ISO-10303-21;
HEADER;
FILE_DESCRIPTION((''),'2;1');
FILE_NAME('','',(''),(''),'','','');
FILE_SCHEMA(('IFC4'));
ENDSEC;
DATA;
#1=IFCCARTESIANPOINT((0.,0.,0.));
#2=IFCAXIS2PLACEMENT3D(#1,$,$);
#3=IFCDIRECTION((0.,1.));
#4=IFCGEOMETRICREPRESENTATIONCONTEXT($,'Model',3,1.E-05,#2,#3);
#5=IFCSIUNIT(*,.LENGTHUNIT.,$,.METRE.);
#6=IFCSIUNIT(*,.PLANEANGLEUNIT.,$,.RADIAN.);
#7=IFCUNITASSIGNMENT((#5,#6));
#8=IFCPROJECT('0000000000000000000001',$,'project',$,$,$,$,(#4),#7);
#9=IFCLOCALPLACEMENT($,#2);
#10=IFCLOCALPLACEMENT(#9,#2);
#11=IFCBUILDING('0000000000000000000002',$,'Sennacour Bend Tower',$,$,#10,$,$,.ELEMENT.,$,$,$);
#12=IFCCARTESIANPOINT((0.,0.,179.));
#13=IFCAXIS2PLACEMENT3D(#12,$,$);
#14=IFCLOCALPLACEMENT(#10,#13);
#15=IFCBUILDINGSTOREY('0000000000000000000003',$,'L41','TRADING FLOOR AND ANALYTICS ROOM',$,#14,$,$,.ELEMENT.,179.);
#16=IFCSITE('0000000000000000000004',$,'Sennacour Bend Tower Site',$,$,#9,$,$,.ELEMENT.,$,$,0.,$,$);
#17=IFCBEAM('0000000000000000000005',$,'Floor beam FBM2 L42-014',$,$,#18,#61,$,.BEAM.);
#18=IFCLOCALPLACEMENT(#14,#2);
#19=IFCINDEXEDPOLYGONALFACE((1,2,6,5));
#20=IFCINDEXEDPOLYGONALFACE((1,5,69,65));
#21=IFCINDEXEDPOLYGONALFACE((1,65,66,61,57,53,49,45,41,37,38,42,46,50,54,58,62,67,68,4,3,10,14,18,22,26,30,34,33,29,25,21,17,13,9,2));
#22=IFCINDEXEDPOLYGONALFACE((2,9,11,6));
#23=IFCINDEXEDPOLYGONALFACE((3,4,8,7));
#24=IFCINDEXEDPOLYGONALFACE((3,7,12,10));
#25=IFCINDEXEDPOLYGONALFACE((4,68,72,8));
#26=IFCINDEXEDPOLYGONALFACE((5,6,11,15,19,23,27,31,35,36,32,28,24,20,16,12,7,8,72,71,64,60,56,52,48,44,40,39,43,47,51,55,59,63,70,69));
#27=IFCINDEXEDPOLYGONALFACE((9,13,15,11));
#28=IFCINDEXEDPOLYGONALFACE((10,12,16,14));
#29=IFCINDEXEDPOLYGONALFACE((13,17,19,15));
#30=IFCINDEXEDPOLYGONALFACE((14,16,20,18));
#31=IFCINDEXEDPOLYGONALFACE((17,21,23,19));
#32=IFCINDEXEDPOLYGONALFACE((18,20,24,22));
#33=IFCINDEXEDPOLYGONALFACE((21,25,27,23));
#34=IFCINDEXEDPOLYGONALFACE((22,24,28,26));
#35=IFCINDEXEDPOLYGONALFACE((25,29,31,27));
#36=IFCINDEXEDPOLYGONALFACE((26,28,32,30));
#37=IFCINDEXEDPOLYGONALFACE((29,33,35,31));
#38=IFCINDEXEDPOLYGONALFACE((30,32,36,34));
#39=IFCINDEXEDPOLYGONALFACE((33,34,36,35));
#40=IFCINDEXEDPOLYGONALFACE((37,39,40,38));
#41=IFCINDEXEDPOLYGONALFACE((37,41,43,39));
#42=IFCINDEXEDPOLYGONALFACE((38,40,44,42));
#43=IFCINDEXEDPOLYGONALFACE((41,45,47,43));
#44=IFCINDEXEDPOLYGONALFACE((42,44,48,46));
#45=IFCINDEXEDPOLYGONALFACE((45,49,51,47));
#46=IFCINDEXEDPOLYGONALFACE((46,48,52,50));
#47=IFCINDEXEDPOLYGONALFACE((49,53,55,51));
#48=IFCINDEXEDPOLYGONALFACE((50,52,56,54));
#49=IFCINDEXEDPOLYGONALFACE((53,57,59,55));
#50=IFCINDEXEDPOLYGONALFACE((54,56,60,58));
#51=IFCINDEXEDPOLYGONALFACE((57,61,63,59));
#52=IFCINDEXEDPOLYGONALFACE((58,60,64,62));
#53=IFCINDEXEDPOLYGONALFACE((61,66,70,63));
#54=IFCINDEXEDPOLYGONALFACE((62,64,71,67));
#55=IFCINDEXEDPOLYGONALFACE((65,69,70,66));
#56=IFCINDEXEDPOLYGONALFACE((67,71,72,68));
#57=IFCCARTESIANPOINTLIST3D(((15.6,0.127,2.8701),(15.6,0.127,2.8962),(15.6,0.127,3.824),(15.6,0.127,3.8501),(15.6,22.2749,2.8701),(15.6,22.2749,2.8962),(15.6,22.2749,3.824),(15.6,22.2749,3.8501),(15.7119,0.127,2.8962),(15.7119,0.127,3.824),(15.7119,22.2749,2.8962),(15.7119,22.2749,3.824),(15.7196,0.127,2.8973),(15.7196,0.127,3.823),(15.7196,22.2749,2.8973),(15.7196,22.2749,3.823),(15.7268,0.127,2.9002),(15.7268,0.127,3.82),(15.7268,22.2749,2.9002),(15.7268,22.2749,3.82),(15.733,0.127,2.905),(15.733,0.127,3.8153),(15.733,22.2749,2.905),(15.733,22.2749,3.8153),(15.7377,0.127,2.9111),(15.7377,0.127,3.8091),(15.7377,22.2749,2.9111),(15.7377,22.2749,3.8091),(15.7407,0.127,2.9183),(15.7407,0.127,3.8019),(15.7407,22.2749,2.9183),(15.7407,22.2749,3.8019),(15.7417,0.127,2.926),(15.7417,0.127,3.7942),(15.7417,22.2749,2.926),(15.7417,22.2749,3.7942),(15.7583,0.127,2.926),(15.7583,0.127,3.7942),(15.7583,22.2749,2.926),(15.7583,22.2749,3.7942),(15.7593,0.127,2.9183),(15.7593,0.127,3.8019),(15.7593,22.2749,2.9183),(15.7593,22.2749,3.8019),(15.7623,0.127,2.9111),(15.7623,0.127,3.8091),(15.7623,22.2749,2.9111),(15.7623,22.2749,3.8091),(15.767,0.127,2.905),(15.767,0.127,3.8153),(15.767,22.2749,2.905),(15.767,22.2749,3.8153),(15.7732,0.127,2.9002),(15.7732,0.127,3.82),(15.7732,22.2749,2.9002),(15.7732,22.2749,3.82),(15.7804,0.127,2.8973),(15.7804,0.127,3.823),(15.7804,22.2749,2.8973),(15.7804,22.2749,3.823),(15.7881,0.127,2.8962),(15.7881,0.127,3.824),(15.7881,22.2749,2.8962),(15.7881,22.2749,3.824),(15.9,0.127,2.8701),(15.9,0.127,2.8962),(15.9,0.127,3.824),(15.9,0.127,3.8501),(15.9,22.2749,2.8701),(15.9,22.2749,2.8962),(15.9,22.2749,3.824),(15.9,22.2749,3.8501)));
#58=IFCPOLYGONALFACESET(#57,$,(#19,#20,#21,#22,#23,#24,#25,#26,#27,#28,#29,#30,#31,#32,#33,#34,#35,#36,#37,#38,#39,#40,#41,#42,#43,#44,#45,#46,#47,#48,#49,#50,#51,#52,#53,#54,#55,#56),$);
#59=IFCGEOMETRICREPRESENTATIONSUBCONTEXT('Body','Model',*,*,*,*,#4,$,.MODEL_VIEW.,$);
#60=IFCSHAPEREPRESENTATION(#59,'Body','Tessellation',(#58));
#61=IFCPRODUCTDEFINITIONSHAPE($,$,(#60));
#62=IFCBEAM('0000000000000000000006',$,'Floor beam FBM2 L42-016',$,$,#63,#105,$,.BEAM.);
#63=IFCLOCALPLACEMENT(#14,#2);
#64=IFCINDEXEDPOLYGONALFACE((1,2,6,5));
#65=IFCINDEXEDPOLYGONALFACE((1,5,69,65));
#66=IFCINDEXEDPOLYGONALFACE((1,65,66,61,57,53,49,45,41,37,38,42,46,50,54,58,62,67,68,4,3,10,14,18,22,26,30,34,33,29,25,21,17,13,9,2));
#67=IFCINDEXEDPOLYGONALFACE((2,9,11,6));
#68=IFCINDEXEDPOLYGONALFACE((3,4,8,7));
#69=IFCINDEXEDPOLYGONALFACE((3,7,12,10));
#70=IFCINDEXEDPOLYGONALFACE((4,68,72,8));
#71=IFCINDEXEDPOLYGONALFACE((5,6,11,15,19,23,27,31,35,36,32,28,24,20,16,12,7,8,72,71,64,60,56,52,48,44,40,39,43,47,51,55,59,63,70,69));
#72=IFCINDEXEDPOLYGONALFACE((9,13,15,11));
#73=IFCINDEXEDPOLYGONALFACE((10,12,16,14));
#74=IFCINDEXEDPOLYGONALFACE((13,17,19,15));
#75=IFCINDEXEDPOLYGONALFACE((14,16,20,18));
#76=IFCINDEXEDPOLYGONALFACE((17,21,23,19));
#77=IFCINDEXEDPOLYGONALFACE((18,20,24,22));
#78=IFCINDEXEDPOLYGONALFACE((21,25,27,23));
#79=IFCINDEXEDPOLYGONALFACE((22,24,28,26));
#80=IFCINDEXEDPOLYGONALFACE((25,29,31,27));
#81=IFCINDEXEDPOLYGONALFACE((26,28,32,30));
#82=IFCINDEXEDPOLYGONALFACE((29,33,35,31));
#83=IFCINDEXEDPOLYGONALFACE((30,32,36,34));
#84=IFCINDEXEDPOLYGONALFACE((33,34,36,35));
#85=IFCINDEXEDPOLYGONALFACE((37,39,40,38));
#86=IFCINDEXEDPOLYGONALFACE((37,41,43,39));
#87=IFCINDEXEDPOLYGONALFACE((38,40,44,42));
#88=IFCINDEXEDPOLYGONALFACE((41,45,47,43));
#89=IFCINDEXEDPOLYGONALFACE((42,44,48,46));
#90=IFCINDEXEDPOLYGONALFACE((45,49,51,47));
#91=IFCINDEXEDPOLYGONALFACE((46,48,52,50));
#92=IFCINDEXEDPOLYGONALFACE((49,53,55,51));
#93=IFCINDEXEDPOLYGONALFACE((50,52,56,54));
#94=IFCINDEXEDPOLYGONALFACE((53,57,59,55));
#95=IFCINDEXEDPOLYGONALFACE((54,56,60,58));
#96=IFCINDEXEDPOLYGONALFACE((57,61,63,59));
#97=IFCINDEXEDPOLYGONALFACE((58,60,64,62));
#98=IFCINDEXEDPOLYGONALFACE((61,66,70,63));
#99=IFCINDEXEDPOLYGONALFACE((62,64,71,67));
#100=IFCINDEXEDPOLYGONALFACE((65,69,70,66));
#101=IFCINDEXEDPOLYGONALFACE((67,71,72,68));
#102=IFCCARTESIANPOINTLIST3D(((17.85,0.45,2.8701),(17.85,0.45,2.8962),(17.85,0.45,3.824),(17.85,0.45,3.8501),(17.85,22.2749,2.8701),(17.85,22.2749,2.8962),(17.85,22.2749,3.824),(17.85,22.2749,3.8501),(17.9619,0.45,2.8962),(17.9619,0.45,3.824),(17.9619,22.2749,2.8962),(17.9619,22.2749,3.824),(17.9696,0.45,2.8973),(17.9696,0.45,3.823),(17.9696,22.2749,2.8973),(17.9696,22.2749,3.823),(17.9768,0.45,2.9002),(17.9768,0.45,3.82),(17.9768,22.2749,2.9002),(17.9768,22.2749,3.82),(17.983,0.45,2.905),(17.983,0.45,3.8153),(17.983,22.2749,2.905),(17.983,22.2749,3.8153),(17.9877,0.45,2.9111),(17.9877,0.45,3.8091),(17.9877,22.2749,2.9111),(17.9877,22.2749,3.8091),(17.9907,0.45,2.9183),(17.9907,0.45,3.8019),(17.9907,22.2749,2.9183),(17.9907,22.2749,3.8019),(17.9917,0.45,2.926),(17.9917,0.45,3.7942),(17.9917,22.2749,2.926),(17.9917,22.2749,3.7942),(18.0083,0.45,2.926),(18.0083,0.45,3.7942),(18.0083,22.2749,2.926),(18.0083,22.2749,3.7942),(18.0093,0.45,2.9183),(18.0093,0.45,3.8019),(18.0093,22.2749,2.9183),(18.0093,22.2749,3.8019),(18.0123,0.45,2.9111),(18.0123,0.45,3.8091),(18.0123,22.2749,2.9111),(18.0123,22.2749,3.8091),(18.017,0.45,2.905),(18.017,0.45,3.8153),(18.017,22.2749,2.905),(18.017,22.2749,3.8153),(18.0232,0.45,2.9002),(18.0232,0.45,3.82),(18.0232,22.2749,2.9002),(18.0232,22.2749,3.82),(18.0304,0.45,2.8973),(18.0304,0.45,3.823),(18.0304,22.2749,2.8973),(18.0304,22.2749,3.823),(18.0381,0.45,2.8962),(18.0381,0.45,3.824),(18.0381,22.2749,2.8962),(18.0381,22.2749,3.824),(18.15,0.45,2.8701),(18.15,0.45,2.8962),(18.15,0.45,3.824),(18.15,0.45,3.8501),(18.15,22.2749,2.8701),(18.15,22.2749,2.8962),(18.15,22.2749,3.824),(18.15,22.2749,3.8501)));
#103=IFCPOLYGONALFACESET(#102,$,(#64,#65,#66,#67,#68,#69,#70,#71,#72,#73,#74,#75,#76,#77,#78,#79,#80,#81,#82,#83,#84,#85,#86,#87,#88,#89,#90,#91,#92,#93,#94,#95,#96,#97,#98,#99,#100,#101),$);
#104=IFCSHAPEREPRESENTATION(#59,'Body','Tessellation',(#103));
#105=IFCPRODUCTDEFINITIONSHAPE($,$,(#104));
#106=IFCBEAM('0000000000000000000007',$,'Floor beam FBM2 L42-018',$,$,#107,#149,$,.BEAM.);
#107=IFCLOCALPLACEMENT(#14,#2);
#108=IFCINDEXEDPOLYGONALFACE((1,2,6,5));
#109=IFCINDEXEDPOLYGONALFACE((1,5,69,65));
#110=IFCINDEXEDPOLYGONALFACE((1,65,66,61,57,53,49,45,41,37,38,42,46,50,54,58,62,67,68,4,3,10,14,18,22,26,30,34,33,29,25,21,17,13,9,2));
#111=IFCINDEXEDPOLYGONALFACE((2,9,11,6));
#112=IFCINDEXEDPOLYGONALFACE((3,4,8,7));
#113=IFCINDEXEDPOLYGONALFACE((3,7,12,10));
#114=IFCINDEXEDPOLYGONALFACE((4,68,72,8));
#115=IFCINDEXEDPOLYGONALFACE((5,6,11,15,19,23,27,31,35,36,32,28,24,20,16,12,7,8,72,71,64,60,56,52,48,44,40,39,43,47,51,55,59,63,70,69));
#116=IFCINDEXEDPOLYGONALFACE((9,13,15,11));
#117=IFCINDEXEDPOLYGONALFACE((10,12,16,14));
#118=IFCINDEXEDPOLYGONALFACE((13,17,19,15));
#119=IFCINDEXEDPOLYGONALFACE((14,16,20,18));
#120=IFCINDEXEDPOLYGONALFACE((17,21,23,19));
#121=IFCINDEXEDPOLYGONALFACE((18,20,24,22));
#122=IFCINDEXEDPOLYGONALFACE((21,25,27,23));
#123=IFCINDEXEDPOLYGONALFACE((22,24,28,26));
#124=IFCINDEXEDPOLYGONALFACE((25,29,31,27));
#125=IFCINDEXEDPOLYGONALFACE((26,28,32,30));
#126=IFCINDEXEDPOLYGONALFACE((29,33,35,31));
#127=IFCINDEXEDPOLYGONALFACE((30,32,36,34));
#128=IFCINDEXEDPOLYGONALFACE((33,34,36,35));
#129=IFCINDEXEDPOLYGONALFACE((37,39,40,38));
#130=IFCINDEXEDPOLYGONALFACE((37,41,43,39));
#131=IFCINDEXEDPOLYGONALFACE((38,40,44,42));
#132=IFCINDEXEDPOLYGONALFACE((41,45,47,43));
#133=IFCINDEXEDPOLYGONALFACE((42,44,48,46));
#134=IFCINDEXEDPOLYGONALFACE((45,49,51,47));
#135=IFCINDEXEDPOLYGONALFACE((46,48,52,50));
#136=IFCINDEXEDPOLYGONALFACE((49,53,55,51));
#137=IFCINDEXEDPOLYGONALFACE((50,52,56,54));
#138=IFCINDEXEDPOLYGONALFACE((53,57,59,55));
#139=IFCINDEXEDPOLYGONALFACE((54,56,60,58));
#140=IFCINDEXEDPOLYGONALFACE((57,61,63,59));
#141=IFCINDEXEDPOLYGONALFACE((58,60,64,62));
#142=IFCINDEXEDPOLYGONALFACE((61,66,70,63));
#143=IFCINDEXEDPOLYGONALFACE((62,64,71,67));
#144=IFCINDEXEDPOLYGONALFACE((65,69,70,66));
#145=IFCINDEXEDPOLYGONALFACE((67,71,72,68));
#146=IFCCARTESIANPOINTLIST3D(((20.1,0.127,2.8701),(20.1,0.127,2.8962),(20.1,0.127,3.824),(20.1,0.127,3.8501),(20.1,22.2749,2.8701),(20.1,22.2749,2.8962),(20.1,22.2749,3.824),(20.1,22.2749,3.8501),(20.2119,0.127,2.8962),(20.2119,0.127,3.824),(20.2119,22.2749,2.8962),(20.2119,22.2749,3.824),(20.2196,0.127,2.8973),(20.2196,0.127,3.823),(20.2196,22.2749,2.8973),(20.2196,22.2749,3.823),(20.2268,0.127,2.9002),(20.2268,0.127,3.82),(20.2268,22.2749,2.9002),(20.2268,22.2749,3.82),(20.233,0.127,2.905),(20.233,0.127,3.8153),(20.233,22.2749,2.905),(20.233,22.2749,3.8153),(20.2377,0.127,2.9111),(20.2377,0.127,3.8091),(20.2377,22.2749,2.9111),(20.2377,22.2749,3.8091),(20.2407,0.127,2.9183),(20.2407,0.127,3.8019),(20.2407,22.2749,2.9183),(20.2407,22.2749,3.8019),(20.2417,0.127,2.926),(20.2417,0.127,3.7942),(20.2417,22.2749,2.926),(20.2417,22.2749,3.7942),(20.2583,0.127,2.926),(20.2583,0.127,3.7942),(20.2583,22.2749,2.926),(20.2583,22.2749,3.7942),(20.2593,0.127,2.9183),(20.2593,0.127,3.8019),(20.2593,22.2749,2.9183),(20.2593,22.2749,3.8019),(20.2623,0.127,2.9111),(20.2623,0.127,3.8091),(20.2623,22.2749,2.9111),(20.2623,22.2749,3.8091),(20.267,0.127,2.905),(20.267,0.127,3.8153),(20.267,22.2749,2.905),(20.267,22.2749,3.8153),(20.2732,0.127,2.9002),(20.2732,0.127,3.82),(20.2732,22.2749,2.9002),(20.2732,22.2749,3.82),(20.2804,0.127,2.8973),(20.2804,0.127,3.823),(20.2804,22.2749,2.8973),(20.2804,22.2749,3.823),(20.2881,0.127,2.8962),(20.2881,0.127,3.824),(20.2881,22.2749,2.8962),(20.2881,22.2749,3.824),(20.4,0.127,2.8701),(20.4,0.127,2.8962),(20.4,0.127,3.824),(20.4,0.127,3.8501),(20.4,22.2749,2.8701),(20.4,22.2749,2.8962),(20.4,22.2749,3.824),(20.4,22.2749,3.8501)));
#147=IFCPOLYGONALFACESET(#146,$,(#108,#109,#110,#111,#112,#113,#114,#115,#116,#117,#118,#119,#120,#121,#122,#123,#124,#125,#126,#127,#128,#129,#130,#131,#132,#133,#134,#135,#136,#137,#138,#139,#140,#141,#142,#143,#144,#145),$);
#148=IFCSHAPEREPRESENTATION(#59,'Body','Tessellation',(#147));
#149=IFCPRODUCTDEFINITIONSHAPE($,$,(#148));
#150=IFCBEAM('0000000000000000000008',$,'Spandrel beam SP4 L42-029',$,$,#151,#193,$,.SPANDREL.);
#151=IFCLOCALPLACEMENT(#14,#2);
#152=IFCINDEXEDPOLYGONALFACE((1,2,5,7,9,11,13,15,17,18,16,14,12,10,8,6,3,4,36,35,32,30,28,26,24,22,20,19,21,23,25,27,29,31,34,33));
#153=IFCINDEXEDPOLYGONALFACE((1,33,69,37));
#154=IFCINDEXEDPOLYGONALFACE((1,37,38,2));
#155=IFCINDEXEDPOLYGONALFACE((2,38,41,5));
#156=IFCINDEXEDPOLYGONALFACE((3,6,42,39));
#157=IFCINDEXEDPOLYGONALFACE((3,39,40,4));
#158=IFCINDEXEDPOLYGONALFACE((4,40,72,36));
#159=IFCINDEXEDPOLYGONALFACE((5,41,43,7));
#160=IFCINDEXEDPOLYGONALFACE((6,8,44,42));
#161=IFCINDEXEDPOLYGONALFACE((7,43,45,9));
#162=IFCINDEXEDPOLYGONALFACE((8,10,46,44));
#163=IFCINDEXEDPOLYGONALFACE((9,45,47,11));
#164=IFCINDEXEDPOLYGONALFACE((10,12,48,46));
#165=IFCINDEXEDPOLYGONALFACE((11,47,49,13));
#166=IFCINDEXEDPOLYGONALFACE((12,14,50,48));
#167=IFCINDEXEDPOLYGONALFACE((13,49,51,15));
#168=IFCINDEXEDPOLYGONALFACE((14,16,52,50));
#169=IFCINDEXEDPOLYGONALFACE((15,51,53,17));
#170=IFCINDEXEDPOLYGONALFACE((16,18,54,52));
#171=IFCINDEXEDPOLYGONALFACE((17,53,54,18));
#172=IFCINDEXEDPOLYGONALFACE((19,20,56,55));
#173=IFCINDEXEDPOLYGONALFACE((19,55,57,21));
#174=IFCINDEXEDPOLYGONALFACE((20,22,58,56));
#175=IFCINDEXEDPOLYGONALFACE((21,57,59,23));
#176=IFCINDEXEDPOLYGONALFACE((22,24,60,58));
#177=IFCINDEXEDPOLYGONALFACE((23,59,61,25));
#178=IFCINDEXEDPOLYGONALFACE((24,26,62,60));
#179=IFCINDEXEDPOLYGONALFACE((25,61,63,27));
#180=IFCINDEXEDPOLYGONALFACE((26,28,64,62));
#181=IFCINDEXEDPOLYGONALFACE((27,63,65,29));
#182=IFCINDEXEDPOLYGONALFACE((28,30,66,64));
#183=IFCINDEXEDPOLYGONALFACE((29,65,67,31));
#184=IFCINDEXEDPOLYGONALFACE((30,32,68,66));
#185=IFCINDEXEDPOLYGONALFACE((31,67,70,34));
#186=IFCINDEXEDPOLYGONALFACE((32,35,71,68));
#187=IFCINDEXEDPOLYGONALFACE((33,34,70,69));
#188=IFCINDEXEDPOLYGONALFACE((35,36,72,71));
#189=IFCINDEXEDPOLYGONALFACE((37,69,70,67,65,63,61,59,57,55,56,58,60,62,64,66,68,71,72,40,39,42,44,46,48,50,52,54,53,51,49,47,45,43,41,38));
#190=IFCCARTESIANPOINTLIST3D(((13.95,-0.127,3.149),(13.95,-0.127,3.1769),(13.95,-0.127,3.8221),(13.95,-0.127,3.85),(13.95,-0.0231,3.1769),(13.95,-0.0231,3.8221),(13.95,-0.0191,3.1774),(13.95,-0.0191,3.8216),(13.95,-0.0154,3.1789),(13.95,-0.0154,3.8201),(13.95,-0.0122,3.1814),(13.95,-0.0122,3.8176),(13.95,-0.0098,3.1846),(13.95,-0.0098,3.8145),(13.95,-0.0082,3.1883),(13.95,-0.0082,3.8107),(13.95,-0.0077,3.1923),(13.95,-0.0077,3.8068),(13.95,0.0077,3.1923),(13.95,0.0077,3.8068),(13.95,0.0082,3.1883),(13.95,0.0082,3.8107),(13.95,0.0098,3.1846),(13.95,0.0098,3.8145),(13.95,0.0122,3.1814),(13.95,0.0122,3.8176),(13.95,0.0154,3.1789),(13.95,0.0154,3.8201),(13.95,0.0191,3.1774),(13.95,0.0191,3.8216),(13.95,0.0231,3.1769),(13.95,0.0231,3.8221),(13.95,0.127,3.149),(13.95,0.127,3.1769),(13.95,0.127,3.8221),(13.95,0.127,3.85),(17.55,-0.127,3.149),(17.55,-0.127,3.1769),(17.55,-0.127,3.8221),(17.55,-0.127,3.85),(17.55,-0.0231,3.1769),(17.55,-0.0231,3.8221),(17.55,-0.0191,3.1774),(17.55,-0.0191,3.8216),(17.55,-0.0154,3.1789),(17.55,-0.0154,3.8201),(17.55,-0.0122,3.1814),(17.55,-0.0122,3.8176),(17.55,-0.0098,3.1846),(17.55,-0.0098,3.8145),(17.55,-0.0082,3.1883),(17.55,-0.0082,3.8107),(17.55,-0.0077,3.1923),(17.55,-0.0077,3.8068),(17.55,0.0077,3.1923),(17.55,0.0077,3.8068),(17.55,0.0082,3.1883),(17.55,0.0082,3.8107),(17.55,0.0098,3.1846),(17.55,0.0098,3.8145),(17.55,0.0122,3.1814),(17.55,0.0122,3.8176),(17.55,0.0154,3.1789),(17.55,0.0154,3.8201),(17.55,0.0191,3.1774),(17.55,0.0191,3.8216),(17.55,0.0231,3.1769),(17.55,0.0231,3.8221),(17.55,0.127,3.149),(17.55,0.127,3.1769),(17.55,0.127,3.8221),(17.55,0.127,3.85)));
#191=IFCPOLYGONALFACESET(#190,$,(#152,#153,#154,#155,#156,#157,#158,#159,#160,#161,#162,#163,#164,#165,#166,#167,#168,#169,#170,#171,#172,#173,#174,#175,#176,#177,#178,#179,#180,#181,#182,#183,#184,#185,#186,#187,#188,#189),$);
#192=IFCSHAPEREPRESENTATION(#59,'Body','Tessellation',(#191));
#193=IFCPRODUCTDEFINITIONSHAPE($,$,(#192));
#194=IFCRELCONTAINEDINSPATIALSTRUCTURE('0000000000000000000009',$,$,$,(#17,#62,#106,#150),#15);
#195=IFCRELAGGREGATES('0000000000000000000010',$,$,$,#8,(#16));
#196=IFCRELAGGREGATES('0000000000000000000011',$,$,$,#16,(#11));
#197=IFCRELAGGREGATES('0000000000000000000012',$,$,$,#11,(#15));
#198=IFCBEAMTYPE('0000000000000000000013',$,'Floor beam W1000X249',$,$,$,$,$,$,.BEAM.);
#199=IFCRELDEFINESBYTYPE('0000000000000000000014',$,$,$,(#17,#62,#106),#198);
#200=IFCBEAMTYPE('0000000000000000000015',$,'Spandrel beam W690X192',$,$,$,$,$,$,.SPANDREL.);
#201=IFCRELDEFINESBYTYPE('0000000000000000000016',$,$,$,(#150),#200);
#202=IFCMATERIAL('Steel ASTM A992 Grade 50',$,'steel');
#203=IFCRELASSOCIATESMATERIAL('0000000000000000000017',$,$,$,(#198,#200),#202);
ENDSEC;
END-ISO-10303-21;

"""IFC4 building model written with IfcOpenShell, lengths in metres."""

from ifc_helpers import new_model, si_unit, direction, frame, origin, origin_2d, place, context, subcontext, project, spatial, i_section, extrude, material, material_profile, profile_set, type_object, element, save


model = new_model("IFC4")

# Units and contexts
model_context = context("Model", 3, precision=1e-05, world=origin(), true_north=direction((0.0, 1.0)))
body_context = subcontext(model_context, "Body", "Model", "MODEL_VIEW")
ifc_project = project(units=[si_unit("LENGTHUNIT", "METRE"), si_unit("PLANEANGLEUNIT", "RADIAN")], contexts=[model_context])

# Site, building, storey
site_placement = place(None, origin())
site = spatial("IfcSite", under=ifc_project, at=site_placement, Name="Sennacour Bend Tower Site", CompositionType="ELEMENT", RefElevation=0.0)
building_placement = place(site_placement, origin())
building = spatial("IfcBuilding", under=site, at=building_placement, Name="Sennacour Bend Tower", CompositionType="ELEMENT")
storey_placement = place(building_placement, frame((0.0, 0.0, 179.0)))
storey = spatial("IfcBuildingStorey", under=building, at=storey_placement, Name="L41", Description="TRADING FLOOR AND ANALYTICS ROOM", CompositionType="ELEMENT", Elevation=179.0)

# Beams
ifc_material_1 = material(Name="Steel ASTM A992 Grade 50", Category="steel")
ifc_material_profile_1 = material_profile(ifc_material_1, i_section(OverallWidth=0.3, OverallDepth=0.98, WebThickness=0.0166, FlangeThickness=0.0261, FilletRadius=0.0298, at=origin_2d()), Name="Steel ASTM A992 Grade 50", Category="steel")
ifc_profile_set_1 = profile_set([ifc_material_profile_1], Name="Steel ASTM A992 Grade 50")
beam_type_1 = type_object("IfcBeamType", Name="Floor beam W1000X249", PredefinedType="BEAM", material=ifc_profile_set_1)
beam_1_placement = place(storey_placement, frame((15.75, 0.127, 3.3601), z_axis=(0.0, 1.0, 0.0), x_axis=(-1.0, 0.0, 0.0)))
element("IfcBeam", 1, at=beam_1_placement, inside=storey, type_object=beam_type_1, Name="Floor beam FBM2 L42-014", PredefinedType="BEAM", context=body_context, shape_type="SweptSolid", body=[
    extrude(i_section(OverallWidth=0.3, OverallDepth=0.98, WebThickness=0.0166, FlangeThickness=0.0261, FilletRadius=0.0298, at=origin_2d()), origin(), (0.0, 0.0, 1.0), 22.1479),
])
beam_2_placement = place(storey_placement, frame((18.0, 0.45, 3.3601), z_axis=(0.0, 1.0, 0.0), x_axis=(-1.0, 0.0, 0.0)))
element("IfcBeam", 2, at=beam_2_placement, inside=storey, type_object=beam_type_1, Name="Floor beam FBM2 L42-016", PredefinedType="BEAM", context=body_context, shape_type="SweptSolid", body=[
    extrude(i_section(OverallWidth=0.3, OverallDepth=0.98, WebThickness=0.0166, FlangeThickness=0.0261, FilletRadius=0.0298, at=origin_2d()), origin(), (0.0, 0.0, 1.0), 21.825),
])
beam_3_placement = place(storey_placement, frame((20.25, 0.127, 3.3601), z_axis=(0.0, 1.0, 0.0), x_axis=(-1.0, 0.0, 0.0)))
element("IfcBeam", 3, at=beam_3_placement, inside=storey, type_object=beam_type_1, Name="Floor beam FBM2 L42-018", PredefinedType="BEAM", context=body_context, shape_type="SweptSolid", body=[
    extrude(i_section(OverallWidth=0.3, OverallDepth=0.98, WebThickness=0.0166, FlangeThickness=0.0261, FilletRadius=0.0298, at=origin_2d()), origin(), (0.0, 0.0, 1.0), 22.1479),
])
ifc_material_profile_2 = material_profile(ifc_material_1, i_section(OverallWidth=0.2539, OverallDepth=0.7009, WebThickness=0.0154, FlangeThickness=0.0278, FilletRadius=0.0154, at=origin_2d()), Name="Steel ASTM A992 Grade 50", Category="steel")
ifc_profile_set_2 = profile_set([ifc_material_profile_2], Name="Steel ASTM A992 Grade 50")
beam_type_2 = type_object("IfcBeamType", Name="Spandrel beam W690X192", PredefinedType="SPANDREL", material=ifc_profile_set_2)
for number, where, z_axis, x_axis, name in (
    (4, (17.55, 0.0, 3.4995), (-1.0, 0.0, 0.0), (0.0, -1.0, 0.0), "Spandrel beam SP4 L42-029"),
):
    element("IfcBeam", number, at=place(storey_placement, frame(where, z_axis=z_axis, x_axis=x_axis)), inside=storey, type_object=beam_type_2, Name=name, PredefinedType="SPANDREL", context=body_context, shape_type="SweptSolid", body=[
        extrude(i_section(OverallWidth=0.2539, OverallDepth=0.7009, WebThickness=0.0154, FlangeThickness=0.0278, FilletRadius=0.0154, at=origin_2d()), origin(), (0.0, 0.0, 1.0), 3.6001),
    ])

save(model, "model.ifc")
